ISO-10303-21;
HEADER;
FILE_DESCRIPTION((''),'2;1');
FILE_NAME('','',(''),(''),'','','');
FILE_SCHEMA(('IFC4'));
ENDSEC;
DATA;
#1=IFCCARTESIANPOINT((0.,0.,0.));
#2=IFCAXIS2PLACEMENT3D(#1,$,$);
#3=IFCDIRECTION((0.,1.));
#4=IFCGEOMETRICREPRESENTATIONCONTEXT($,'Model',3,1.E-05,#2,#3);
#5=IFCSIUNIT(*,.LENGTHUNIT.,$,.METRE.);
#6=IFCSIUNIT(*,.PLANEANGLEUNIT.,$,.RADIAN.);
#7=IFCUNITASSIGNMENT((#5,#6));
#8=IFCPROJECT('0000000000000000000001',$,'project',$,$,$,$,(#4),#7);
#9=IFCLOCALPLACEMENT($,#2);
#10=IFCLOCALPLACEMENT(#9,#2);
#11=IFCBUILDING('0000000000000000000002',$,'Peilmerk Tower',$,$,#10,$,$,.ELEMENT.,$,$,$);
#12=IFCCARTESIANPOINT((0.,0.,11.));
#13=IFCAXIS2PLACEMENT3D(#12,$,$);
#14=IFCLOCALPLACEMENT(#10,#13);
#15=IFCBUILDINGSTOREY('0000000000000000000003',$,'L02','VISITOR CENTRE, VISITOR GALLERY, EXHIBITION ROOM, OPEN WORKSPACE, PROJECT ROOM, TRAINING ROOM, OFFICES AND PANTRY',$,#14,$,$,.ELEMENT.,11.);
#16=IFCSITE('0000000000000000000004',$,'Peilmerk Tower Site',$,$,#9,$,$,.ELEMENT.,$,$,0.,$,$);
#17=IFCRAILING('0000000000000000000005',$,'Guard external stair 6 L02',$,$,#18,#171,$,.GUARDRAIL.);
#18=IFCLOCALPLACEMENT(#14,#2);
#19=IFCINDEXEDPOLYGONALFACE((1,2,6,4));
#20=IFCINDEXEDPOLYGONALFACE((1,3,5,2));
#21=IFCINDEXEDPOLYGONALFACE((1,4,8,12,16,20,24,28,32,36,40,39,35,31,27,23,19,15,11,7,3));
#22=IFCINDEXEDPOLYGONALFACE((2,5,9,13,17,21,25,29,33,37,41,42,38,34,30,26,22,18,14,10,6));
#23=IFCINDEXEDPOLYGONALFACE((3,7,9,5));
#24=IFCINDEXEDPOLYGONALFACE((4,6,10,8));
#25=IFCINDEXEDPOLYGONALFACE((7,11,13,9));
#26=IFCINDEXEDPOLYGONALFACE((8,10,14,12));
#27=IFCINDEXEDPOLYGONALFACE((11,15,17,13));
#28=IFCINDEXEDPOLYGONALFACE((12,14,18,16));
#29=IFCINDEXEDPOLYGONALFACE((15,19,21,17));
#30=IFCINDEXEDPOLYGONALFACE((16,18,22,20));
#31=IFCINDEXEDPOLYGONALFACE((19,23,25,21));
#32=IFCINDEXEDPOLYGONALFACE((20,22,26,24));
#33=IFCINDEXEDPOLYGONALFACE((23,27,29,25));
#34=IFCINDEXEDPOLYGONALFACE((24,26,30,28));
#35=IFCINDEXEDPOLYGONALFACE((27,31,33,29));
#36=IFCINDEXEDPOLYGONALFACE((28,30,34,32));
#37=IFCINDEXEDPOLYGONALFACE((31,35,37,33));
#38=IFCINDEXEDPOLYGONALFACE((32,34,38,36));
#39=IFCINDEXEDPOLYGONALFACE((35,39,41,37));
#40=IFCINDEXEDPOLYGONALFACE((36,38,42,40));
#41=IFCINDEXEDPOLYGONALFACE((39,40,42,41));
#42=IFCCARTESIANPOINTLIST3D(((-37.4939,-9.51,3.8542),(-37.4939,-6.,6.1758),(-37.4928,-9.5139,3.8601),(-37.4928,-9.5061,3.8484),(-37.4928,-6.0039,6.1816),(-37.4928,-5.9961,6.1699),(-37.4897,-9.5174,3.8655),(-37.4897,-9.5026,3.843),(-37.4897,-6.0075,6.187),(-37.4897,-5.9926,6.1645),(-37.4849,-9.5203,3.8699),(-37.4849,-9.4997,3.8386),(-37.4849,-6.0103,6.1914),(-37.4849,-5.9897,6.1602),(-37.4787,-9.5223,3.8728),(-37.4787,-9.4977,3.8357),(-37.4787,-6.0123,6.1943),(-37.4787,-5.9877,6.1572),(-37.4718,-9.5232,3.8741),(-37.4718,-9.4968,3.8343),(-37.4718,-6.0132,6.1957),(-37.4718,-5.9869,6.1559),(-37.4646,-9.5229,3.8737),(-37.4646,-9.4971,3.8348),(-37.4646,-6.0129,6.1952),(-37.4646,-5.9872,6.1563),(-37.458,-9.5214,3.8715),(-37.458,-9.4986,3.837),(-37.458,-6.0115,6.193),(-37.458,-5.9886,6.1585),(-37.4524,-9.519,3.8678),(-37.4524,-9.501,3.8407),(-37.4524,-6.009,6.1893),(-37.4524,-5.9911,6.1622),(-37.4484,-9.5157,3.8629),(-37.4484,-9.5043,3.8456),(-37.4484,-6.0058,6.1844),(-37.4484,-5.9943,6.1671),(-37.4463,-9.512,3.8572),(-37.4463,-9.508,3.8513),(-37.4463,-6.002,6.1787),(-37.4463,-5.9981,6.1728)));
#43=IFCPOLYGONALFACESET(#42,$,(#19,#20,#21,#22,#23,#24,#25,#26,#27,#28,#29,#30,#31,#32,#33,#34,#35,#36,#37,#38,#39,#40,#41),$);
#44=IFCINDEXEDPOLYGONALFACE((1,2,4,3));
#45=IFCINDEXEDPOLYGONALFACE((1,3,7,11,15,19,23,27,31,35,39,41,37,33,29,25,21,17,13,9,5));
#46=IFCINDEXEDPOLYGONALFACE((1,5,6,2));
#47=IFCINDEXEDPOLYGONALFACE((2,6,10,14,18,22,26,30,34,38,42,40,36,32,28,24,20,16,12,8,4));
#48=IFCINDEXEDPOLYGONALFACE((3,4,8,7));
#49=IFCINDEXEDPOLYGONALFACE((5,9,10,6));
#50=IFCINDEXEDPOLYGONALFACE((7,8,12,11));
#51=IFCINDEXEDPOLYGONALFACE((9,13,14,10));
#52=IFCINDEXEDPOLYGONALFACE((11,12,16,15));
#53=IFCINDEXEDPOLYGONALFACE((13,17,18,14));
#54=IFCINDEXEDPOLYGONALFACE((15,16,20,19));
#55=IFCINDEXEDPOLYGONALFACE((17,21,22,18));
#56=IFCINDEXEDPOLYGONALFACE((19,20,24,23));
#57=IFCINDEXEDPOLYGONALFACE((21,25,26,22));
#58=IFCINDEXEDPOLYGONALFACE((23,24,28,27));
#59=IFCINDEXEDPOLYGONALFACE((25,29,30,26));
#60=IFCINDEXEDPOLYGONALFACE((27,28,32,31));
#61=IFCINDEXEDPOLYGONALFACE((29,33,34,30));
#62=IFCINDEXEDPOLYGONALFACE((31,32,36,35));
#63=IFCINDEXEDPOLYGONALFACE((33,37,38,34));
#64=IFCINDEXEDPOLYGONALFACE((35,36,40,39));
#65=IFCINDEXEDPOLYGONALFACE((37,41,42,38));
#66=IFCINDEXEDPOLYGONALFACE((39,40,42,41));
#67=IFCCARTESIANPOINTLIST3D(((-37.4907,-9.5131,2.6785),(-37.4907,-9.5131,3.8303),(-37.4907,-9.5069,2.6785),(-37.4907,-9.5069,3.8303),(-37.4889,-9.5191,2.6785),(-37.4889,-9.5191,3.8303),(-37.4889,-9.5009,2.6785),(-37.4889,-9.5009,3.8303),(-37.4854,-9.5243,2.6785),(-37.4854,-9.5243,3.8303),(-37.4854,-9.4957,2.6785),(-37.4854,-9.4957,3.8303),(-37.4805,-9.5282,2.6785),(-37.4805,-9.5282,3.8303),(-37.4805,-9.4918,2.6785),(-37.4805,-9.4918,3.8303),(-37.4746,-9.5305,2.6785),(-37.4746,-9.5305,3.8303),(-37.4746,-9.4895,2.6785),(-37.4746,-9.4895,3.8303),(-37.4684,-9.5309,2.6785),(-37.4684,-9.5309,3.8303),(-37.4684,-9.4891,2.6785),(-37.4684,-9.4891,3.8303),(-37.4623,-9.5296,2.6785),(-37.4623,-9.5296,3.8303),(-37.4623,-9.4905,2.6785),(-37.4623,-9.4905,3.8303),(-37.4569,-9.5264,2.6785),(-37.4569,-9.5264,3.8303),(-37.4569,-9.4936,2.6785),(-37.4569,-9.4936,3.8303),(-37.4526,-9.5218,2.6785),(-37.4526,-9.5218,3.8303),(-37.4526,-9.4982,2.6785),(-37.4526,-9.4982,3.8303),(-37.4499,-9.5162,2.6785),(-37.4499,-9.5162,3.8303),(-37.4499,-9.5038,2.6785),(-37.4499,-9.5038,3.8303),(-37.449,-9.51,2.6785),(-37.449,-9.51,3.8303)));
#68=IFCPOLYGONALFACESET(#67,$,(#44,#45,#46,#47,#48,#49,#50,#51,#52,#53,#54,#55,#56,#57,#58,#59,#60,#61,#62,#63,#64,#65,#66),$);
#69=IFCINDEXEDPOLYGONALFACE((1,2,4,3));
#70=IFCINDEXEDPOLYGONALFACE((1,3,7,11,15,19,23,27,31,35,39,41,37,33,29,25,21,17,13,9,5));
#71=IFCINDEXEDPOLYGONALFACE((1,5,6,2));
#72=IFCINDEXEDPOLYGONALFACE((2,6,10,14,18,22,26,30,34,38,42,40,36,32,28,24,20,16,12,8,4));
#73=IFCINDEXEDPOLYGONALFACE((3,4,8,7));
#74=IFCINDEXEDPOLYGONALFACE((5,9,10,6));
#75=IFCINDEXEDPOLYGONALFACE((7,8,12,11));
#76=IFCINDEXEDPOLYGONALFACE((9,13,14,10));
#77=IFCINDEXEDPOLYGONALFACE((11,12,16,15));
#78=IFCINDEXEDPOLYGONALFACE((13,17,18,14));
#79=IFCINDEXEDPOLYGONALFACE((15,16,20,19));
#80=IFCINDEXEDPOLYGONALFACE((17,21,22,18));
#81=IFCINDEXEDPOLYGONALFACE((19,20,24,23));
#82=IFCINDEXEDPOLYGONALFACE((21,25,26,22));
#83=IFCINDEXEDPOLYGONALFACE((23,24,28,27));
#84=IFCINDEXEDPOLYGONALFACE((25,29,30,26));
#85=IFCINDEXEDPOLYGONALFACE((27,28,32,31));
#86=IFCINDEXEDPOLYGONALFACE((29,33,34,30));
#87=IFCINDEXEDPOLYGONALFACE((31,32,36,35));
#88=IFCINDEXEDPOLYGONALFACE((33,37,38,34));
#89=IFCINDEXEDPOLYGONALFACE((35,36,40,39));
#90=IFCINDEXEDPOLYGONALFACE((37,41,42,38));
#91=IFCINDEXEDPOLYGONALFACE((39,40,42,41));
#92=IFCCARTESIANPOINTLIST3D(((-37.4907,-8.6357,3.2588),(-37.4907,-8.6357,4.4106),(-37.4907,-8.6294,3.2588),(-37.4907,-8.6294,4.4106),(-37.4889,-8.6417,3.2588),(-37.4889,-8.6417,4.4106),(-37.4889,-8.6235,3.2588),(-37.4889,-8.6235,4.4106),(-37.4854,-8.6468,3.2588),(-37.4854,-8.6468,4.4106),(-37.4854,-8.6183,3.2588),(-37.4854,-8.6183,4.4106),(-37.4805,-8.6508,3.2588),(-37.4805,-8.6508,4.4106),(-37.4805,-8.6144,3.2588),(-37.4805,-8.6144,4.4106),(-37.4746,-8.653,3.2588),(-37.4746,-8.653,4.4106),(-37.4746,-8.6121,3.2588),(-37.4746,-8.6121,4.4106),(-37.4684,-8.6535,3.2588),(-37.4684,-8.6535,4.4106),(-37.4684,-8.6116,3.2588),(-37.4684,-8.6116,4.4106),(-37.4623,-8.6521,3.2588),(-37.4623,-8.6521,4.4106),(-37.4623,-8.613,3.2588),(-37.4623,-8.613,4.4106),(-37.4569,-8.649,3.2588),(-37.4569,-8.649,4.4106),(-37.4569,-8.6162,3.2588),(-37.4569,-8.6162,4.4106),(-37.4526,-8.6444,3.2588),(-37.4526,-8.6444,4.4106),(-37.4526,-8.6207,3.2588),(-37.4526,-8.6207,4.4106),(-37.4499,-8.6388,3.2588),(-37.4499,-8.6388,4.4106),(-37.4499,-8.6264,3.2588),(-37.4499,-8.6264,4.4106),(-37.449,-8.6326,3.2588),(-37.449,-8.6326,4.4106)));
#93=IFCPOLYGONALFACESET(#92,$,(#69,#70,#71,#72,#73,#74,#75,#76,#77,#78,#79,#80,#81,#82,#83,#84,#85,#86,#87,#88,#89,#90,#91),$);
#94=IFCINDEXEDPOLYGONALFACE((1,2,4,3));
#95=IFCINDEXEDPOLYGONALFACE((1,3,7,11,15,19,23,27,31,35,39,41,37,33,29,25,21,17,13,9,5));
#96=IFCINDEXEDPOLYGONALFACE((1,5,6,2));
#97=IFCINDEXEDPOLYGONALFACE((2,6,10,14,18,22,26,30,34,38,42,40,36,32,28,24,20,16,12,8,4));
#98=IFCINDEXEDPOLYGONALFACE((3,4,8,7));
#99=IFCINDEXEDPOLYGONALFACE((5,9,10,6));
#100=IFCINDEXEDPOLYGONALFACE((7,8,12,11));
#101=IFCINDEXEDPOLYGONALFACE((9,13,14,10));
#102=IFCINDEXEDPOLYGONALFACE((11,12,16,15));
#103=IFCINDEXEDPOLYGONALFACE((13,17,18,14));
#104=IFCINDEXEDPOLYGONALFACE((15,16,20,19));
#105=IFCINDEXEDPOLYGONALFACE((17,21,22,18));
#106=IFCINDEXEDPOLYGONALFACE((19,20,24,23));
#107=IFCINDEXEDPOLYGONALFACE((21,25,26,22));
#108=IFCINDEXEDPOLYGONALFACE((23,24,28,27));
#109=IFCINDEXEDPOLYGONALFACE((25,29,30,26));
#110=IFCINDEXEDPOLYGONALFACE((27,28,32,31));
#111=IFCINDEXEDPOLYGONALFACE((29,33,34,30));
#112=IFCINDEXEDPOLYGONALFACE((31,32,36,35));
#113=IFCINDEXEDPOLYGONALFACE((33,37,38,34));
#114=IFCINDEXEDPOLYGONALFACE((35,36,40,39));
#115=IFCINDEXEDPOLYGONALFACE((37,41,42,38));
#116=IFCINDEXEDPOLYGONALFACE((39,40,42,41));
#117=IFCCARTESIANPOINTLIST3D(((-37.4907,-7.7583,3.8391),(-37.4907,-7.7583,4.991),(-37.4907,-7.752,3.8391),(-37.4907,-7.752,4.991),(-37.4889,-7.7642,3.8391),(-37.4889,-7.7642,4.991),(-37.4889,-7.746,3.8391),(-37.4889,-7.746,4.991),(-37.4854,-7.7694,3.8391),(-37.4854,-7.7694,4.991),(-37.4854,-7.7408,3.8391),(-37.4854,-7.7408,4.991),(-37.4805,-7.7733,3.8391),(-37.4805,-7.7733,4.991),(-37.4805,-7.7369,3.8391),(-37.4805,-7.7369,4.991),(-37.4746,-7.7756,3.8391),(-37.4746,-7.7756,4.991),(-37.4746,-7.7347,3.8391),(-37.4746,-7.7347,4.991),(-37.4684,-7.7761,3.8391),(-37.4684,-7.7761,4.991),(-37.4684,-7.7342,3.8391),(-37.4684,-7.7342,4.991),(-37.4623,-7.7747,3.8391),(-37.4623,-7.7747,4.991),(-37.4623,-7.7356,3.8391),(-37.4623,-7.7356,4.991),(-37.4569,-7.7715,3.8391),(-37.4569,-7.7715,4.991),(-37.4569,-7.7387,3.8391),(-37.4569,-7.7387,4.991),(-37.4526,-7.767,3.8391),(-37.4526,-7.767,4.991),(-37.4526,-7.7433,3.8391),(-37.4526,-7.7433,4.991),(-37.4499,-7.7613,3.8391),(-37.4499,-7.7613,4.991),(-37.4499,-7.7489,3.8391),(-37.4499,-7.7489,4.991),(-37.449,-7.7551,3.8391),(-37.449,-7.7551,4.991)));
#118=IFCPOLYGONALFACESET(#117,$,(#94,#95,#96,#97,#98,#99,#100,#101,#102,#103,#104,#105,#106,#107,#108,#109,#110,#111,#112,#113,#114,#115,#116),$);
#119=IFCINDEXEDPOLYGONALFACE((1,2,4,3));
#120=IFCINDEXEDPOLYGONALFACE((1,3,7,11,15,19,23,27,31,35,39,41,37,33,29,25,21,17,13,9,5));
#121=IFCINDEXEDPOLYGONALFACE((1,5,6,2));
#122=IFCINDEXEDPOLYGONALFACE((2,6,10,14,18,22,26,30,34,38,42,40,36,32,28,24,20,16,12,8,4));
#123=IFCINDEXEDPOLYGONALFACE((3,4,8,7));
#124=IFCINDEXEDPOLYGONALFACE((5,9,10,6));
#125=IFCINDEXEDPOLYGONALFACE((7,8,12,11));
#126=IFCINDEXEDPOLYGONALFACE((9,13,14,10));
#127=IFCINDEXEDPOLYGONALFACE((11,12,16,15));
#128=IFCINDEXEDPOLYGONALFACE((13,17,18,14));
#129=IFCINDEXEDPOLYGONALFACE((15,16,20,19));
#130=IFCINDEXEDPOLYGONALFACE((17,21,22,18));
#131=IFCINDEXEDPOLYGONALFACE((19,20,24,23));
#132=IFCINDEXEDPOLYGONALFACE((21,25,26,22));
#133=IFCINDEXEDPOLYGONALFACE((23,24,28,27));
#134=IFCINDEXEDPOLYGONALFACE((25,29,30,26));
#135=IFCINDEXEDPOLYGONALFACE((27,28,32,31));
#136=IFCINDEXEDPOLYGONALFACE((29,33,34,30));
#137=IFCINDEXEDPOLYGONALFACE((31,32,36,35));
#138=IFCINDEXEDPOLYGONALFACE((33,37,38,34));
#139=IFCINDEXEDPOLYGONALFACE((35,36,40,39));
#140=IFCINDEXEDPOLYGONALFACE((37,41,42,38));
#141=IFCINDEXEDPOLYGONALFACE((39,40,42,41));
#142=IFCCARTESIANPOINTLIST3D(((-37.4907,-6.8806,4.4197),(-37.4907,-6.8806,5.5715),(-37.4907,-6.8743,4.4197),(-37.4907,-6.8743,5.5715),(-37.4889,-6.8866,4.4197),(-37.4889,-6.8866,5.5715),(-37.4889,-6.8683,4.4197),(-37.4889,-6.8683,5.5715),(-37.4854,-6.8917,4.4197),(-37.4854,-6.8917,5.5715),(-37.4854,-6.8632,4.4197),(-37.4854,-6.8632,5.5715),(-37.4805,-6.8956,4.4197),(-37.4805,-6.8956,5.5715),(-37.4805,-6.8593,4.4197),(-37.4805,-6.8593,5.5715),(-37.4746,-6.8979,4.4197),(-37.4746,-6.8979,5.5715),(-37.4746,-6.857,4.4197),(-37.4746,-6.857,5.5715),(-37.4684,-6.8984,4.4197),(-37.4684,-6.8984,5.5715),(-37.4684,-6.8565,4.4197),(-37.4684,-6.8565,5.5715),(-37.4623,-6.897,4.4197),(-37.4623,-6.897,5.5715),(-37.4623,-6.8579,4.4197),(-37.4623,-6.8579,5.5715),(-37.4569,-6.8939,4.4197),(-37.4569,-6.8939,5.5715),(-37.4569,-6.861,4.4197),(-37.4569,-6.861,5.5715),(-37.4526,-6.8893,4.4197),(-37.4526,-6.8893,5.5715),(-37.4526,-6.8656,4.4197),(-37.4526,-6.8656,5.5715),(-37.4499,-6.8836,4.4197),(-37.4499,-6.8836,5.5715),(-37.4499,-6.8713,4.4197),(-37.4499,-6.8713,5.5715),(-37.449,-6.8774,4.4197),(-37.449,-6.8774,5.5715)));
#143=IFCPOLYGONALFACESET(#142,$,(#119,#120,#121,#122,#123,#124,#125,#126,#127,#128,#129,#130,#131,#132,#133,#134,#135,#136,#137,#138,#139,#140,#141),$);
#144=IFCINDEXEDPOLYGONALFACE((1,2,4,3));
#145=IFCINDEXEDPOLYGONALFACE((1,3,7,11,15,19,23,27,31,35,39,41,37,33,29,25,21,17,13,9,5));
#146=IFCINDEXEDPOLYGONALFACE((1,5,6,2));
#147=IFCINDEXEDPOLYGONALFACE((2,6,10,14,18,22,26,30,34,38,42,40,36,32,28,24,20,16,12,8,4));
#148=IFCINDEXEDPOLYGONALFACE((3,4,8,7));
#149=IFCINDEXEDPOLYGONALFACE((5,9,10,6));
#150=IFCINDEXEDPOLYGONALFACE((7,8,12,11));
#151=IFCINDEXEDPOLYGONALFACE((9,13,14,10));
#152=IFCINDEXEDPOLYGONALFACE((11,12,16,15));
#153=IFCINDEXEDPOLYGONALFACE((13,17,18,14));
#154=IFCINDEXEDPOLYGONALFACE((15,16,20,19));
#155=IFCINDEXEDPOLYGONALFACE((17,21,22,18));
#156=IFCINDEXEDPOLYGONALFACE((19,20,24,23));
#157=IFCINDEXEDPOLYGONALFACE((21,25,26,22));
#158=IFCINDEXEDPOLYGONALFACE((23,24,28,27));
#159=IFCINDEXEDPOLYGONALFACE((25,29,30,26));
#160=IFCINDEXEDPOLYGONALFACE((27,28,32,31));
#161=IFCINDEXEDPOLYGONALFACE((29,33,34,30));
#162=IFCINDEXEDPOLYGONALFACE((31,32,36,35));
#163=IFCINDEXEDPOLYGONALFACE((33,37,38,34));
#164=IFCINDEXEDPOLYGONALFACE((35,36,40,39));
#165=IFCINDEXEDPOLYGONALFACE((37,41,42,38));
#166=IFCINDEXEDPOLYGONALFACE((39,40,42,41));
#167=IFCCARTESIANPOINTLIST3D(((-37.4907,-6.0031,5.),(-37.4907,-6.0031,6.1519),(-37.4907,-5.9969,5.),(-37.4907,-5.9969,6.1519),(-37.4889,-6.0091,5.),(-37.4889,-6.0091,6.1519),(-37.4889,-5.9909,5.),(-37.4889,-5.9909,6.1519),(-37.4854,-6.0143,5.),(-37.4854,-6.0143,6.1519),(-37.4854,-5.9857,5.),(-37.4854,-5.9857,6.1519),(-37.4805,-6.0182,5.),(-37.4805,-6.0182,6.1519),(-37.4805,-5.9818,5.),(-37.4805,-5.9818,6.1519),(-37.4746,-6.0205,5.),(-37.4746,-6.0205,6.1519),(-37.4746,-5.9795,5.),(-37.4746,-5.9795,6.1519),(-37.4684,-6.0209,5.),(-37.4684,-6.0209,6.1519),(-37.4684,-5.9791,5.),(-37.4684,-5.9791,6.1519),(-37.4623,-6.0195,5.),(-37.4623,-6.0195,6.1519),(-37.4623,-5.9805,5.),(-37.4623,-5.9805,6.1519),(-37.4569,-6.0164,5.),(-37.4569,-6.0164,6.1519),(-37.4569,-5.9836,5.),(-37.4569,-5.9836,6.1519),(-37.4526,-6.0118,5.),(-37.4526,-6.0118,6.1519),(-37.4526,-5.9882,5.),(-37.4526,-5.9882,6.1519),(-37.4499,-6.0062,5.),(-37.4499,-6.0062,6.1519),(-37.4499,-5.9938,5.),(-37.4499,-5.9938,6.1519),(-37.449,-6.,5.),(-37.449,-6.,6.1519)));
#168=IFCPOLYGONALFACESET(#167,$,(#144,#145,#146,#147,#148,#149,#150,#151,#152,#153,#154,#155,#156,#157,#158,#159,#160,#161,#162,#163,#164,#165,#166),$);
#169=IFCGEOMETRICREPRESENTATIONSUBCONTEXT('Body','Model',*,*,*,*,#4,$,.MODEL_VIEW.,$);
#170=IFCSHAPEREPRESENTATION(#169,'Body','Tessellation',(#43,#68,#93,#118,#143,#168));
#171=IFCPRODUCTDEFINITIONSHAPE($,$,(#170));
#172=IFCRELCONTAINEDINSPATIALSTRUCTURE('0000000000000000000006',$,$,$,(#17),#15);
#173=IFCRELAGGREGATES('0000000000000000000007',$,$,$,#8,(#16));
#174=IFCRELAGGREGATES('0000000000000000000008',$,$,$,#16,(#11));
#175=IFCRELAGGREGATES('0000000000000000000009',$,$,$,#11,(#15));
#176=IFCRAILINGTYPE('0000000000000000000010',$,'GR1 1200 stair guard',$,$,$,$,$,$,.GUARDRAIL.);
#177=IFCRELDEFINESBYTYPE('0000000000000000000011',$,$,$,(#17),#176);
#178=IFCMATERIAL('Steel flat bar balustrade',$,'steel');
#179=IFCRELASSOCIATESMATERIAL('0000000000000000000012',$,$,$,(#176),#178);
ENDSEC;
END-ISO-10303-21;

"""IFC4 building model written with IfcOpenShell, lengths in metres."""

from ifc_helpers import new_model, si_unit, direction, frame, origin, origin_2d, place, context, subcontext, project, spatial, circle, extrude, material, type_object, element, save


model = new_model("IFC4")

# Units and contexts
model_context = context("Model", 3, precision=1e-05, world=origin(), true_north=direction((0.0, 1.0)))
body_context = subcontext(model_context, "Body", "Model", "MODEL_VIEW")
ifc_project = project(units=[si_unit("LENGTHUNIT", "METRE"), si_unit("PLANEANGLEUNIT", "RADIAN")], contexts=[model_context])

# Site, building, storey
site_placement = place(None, origin())
site = spatial("IfcSite", under=ifc_project, at=site_placement, Name="Peilmerk Tower Site", CompositionType="ELEMENT", RefElevation=0.0)
building_placement = place(site_placement, origin())
building = spatial("IfcBuilding", under=site, at=building_placement, Name="Peilmerk Tower", CompositionType="ELEMENT")
storey_placement = place(building_placement, frame((0.0, 0.0, 11.0)))
storey = spatial("IfcBuildingStorey", under=building, at=storey_placement, Name="L02", Description="VISITOR CENTRE, VISITOR GALLERY, EXHIBITION ROOM, OPEN WORKSPACE, PROJECT ROOM, TRAINING ROOM, OFFICES AND PANTRY", CompositionType="ELEMENT", Elevation=11.0)

# Railing
ifc_material_1 = material(Name="Steel flat bar balustrade", Category="steel")
railing_type_1 = type_object("IfcRailingType", Name="GR1 1200 stair guard", PredefinedType="GUARDRAIL", material=ifc_material_1)
railing_1_placement = place(storey_placement, frame((-37.47, -9.51, 2.6785)))
element("IfcRailing", 1, at=railing_1_placement, inside=storey, type_object=railing_type_1, Name="Guard external stair 6 L02", PredefinedType="GUARDRAIL", context=body_context, shape_type="SweptSolid", body=[
    extrude(circle(Radius=0.0239, at=origin_2d()), frame((0.0, 0.0, 1.1758), z_axis=(0.0, 0.834071, 0.551657), x_axis=(-1.0, 0.0, 0.0)), (0.0, 0.0, 1.0), 4.2083),
    extrude(circle(Radius=0.021, at=origin_2d()), origin(), (0.0, 0.0, 1.0), 1.1519),
    extrude(circle(Radius=0.021, at=origin_2d()), frame((0.0, 0.8774, 0.5803)), (0.0, 0.0, 1.0), 1.1519),
    extrude(circle(Radius=0.021, at=origin_2d()), frame((0.0, 1.7549, 1.1606)), (0.0, 0.0, 1.0), 1.1519),
    extrude(circle(Radius=0.021, at=origin_2d()), frame((0.0, 2.6326, 1.7412)), (0.0, 0.0, 1.0), 1.1519),
    extrude(circle(Radius=0.021, at=origin_2d()), frame((0.0, 3.51, 2.3215)), (0.0, 0.0, 1.0), 1.1519),
])

save(model, "model.ifc")
